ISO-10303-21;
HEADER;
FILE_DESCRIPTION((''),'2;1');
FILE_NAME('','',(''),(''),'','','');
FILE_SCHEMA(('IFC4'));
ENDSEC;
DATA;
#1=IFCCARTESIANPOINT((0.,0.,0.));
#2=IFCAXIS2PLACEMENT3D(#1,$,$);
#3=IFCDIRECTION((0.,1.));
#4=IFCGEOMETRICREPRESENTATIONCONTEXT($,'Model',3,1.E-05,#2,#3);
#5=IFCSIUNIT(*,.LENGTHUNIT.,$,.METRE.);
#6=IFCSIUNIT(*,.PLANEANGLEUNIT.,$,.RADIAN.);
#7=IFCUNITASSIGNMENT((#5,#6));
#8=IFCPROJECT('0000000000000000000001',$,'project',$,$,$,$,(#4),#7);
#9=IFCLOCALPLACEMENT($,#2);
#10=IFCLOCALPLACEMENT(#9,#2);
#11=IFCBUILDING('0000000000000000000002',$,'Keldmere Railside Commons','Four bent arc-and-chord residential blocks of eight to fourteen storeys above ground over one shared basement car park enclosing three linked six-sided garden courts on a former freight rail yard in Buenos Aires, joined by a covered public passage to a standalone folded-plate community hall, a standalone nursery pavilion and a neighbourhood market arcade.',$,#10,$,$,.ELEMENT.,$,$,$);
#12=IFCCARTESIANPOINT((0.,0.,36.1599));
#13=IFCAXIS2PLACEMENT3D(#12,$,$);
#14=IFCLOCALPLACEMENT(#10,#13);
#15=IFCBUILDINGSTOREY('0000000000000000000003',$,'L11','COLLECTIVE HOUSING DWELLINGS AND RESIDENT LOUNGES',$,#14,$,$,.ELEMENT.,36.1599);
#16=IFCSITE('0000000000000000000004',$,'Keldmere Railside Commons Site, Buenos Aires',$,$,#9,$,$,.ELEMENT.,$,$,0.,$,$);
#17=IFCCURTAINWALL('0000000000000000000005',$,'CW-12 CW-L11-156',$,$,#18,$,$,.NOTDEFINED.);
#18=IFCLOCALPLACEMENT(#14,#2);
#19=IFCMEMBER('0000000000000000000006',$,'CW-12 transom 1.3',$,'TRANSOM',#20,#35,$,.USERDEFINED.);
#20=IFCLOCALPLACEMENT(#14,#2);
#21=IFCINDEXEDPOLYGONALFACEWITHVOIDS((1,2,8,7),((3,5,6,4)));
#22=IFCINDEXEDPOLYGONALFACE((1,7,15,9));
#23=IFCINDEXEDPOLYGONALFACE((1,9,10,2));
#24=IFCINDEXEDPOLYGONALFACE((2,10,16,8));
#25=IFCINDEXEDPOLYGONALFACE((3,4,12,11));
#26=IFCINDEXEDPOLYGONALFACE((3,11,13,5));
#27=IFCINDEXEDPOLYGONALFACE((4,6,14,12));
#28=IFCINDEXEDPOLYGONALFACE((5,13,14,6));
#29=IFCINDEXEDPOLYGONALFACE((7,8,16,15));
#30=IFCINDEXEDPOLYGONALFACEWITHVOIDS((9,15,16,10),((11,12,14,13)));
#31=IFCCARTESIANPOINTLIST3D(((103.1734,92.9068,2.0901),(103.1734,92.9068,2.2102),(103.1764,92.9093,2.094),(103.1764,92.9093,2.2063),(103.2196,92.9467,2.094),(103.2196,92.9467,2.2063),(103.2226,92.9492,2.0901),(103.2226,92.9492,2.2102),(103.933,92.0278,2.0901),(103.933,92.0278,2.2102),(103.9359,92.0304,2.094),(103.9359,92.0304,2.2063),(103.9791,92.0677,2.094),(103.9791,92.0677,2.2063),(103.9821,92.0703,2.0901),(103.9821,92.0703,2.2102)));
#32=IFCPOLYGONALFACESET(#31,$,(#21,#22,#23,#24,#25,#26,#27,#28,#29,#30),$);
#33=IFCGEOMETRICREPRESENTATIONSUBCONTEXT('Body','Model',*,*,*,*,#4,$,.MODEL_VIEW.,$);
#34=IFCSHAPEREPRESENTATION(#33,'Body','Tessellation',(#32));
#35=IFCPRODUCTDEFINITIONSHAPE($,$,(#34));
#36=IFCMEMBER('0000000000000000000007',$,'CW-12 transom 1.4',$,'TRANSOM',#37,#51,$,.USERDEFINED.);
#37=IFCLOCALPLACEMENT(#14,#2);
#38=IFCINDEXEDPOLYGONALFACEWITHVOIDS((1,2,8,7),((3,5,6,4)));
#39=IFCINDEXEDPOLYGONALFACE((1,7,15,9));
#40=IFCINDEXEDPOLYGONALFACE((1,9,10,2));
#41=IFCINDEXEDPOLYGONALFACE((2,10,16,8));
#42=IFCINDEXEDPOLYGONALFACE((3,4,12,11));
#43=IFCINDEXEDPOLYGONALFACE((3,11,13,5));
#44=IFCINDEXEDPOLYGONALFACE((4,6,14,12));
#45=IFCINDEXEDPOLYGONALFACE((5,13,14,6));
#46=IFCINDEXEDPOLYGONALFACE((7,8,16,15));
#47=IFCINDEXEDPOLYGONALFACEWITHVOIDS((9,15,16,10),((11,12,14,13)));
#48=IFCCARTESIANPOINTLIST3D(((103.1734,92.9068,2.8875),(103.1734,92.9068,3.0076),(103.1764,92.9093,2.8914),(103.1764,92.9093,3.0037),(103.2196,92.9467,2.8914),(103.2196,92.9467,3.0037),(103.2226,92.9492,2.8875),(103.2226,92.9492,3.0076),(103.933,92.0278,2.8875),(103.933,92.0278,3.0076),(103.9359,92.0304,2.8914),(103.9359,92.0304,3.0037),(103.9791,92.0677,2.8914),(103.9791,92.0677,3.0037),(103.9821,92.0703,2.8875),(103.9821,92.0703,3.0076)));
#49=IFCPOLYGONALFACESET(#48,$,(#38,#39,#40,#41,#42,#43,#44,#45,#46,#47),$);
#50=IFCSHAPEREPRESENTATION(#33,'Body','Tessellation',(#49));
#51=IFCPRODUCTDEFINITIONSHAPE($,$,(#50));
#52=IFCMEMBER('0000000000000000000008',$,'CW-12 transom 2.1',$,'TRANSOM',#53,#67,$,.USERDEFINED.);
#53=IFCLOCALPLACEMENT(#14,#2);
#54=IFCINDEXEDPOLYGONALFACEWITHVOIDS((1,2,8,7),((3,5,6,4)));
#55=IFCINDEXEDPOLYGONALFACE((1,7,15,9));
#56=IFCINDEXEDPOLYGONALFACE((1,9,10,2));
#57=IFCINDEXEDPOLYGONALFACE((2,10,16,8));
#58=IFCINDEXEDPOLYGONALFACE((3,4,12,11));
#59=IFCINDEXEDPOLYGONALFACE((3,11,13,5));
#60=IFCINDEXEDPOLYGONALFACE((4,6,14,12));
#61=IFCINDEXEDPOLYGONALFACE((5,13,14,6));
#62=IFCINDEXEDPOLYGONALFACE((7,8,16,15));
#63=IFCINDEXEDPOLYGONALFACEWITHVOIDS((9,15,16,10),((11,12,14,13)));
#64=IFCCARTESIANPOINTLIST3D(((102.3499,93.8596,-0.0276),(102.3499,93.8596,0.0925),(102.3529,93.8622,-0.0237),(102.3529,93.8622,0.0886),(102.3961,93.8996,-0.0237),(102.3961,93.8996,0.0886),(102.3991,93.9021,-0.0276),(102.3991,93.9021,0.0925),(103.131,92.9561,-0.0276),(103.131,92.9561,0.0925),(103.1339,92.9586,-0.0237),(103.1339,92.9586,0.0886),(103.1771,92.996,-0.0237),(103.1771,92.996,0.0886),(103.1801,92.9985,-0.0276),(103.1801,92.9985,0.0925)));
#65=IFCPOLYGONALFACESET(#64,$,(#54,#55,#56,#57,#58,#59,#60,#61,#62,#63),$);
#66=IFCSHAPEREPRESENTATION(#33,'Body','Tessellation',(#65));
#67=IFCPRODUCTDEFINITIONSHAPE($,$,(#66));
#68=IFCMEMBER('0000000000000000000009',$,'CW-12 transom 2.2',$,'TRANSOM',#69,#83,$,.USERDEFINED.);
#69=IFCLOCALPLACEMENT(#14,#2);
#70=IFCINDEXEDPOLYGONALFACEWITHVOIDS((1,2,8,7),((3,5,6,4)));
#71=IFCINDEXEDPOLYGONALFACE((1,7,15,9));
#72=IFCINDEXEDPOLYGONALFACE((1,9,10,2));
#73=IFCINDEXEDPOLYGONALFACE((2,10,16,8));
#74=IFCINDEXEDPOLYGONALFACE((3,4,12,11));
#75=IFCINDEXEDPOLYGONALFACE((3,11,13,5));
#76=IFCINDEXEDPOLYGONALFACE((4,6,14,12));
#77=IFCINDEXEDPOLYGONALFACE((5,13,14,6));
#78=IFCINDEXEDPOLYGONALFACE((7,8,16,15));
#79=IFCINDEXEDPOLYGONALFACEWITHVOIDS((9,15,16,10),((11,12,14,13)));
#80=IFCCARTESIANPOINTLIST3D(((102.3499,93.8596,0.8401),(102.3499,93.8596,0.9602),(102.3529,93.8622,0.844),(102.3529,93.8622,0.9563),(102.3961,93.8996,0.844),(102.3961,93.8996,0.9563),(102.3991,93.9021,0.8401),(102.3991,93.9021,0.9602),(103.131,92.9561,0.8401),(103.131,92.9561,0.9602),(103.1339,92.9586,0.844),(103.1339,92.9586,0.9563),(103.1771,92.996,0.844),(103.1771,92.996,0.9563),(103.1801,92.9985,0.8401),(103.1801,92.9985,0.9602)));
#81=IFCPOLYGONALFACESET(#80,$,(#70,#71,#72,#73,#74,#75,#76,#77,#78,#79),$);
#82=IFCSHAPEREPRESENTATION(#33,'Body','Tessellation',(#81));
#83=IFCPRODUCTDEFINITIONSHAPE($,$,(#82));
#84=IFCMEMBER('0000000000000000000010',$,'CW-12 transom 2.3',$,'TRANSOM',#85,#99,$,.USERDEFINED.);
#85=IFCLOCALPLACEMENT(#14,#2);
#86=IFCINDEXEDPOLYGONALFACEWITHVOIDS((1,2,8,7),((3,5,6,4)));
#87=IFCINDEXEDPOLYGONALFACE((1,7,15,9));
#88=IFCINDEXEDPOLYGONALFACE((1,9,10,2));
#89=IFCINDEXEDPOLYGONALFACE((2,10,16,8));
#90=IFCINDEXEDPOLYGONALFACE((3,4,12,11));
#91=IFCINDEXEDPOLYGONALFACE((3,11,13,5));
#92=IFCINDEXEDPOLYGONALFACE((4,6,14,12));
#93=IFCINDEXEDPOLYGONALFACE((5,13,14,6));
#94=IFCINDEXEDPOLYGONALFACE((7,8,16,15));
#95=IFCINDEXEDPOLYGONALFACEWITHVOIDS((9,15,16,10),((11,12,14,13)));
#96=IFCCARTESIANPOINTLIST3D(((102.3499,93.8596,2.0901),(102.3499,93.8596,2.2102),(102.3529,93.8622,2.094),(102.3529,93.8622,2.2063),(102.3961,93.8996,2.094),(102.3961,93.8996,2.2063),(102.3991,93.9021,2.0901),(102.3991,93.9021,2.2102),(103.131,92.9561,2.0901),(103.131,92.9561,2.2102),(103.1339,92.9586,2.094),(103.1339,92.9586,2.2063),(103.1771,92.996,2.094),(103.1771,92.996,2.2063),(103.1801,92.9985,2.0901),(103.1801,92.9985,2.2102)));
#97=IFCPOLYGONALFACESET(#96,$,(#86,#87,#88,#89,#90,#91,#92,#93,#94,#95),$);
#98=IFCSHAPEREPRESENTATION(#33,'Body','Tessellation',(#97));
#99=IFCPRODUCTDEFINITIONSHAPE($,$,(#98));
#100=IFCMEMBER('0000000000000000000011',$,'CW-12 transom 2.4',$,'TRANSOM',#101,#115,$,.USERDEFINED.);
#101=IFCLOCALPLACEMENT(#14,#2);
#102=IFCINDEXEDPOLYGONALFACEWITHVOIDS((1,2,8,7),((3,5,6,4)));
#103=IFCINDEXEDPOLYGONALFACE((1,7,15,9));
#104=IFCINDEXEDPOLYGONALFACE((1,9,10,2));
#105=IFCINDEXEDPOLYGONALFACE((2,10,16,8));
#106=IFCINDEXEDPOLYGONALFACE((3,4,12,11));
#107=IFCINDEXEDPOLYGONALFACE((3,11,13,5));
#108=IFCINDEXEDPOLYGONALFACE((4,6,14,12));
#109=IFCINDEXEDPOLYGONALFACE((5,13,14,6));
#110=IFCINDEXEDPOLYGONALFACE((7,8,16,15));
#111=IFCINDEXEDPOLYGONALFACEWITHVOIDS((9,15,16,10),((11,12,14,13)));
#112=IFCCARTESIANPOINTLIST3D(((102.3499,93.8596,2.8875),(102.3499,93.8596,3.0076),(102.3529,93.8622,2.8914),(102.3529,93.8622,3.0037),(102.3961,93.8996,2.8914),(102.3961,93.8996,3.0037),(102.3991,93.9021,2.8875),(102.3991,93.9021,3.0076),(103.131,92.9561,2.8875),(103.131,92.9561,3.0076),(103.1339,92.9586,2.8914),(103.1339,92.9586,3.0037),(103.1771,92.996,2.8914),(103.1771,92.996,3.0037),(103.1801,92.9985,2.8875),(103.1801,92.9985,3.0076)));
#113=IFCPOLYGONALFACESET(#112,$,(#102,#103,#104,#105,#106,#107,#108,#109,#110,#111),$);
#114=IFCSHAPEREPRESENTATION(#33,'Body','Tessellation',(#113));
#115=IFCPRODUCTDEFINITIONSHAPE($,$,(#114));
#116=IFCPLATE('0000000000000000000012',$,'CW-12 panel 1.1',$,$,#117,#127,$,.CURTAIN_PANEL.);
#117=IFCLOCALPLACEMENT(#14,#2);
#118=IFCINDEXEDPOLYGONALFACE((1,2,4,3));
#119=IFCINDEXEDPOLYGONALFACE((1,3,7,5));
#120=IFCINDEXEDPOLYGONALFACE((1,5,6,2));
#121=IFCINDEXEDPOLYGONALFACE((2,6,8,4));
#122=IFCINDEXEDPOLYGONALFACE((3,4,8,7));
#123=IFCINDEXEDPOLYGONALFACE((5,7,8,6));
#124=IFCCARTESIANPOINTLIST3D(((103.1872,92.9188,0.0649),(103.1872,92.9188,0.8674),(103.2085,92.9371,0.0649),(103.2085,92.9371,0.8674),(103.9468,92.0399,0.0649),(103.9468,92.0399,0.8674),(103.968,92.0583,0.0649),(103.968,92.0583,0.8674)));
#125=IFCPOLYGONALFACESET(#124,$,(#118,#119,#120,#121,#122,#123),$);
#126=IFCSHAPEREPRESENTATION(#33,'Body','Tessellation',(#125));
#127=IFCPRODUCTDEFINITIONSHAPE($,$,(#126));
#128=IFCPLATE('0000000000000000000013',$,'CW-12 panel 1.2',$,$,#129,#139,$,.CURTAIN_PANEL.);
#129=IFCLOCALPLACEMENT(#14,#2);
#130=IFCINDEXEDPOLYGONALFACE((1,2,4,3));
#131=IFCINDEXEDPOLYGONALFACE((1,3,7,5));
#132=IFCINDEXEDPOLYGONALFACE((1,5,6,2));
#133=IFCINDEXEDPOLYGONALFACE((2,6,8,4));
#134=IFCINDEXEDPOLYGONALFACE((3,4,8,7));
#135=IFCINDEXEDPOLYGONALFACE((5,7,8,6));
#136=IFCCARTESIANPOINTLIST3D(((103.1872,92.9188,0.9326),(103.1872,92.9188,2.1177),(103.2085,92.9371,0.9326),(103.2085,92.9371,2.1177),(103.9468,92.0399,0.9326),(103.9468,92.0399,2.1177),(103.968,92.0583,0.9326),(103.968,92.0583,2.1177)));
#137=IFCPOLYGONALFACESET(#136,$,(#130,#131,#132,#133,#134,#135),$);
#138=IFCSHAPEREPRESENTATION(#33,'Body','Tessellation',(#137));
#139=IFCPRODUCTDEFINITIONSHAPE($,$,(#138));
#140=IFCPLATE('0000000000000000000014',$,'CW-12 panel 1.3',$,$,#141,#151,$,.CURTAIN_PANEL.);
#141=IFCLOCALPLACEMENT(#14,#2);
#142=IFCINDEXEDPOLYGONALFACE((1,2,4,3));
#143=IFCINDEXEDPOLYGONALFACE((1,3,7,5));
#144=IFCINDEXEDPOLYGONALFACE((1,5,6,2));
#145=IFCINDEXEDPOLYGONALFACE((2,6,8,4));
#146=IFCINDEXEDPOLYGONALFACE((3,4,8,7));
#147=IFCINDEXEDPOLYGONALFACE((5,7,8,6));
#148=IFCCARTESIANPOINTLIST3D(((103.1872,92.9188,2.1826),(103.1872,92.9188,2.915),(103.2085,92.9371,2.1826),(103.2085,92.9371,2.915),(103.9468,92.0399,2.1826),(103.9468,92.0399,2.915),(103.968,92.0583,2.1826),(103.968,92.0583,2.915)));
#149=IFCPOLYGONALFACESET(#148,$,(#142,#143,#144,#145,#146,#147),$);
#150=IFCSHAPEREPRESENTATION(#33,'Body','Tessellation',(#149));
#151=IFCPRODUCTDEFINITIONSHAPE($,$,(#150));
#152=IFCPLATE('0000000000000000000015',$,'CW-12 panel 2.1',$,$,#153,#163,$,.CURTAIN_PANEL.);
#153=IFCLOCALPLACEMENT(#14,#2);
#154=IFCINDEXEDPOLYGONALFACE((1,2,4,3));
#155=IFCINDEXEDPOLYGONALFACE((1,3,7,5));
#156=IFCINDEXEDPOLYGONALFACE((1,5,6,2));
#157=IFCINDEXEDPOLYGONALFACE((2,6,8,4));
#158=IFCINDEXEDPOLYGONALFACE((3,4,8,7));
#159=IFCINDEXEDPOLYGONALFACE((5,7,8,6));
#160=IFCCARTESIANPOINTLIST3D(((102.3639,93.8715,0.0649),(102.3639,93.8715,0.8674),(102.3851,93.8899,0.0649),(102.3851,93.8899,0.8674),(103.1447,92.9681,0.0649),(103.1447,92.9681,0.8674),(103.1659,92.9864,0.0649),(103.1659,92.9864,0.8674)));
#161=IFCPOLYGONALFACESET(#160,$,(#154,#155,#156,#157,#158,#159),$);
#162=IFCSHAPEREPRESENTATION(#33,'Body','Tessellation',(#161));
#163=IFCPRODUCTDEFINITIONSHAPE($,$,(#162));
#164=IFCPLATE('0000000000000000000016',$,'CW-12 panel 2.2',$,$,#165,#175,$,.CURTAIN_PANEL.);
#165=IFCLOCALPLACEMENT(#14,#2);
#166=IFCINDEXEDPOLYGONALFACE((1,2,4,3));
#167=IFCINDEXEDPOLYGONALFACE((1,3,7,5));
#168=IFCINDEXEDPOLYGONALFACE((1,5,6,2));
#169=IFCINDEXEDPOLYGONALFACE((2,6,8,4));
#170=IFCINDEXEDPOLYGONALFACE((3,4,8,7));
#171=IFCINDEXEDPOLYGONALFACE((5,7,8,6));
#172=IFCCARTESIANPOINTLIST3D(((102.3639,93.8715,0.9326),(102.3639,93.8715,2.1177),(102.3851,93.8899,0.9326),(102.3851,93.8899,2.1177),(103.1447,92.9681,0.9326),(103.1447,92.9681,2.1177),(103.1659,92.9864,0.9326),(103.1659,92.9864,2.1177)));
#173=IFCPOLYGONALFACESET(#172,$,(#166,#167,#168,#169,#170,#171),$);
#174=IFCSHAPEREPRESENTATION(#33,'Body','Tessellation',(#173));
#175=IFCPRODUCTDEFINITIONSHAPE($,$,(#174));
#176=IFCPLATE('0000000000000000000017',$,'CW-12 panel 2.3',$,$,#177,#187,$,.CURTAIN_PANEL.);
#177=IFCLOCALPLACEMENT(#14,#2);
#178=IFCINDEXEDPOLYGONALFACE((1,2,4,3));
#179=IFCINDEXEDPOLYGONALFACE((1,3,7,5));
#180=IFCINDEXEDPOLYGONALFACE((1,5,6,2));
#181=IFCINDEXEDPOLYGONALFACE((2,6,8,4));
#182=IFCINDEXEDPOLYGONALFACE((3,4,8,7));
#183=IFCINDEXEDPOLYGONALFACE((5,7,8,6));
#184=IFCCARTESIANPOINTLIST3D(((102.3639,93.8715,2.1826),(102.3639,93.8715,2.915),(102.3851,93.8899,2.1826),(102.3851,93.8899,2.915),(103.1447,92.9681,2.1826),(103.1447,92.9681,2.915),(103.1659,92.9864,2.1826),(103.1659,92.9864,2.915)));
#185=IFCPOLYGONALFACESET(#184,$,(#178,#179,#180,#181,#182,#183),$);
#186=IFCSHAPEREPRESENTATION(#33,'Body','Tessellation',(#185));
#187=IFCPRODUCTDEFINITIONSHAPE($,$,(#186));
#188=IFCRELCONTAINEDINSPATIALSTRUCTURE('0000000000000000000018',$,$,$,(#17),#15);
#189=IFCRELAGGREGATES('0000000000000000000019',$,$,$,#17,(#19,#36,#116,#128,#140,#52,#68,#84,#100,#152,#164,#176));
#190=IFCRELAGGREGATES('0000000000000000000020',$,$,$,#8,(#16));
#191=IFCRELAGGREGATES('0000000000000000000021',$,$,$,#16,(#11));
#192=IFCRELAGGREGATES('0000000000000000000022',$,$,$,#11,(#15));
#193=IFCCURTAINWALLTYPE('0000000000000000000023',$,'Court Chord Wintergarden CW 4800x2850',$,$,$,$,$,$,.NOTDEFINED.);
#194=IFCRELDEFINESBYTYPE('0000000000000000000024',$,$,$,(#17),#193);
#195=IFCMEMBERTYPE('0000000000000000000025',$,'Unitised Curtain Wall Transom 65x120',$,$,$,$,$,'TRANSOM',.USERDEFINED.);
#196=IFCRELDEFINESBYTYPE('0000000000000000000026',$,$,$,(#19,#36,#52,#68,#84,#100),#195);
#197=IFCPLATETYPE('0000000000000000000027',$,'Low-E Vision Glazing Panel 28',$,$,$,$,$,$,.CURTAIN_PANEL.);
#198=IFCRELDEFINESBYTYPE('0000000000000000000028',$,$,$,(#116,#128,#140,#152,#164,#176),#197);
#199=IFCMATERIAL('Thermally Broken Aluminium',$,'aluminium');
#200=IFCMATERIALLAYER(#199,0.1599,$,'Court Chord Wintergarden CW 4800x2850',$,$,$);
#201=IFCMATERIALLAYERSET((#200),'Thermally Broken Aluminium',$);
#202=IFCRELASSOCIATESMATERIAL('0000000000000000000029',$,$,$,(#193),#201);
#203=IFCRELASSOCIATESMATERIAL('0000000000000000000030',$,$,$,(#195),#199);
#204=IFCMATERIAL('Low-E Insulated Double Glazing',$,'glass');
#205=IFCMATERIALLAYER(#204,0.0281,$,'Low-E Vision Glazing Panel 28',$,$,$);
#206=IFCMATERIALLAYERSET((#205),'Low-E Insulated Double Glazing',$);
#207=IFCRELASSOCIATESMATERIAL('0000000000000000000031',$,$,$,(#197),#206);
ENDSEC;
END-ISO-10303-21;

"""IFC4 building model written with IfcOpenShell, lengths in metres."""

from ifc_helpers import new_model, si_unit, direction, frame, origin, origin_2d, place, context, subcontext, project, spatial, rectangle, hollow_rectangle, extrude, material, layer, layer_set, material_profile, profile_set, type_object, element, aggregate, save


model = new_model("IFC4")

# Units and contexts
model_context = context("Model", 3, precision=1e-05, world=origin(), true_north=direction((0.0, 1.0)))
body_context = subcontext(model_context, "Body", "Model", "MODEL_VIEW")
ifc_project = project(units=[si_unit("LENGTHUNIT", "METRE"), si_unit("PLANEANGLEUNIT", "RADIAN")], contexts=[model_context])

# Site, building, storey
site_placement = place(None, origin())
site = spatial("IfcSite", under=ifc_project, at=site_placement, Name="Keldmere Railside Commons Site, Buenos Aires", CompositionType="ELEMENT", RefElevation=0.0)
building_placement = place(site_placement, origin())
building = spatial("IfcBuilding", under=site, at=building_placement, Name="Keldmere Railside Commons", Description="Four bent arc-and-chord residential blocks of eight to fourteen storeys above ground over one shared basement car park enclosing three linked six-sided garden courts on a former freight rail yard in Buenos Aires, joined by a covered public passage to a standalone folded-plate community hall, a standalone nursery pavilion and a neighbourhood market arcade.", CompositionType="ELEMENT")
storey_placement = place(building_placement, frame((0.0, 0.0, 36.1599)))
storey = spatial("IfcBuildingStorey", under=building, at=storey_placement, Name="L11", Description="COLLECTIVE HOUSING DWELLINGS AND RESIDENT LOUNGES", CompositionType="ELEMENT", Elevation=36.1599)

# Curtain wall, members, plates
ifc_material_1 = material(Name="Thermally Broken Aluminium", Category="aluminium")
ifc_layer_1 = layer(ifc_material_1, 0.1599, Name="Court Chord Wintergarden CW 4800x2850")
ifc_layer_set_1 = layer_set([ifc_layer_1], Name="Thermally Broken Aluminium")
curtain_wall_type = type_object("IfcCurtainWallType", Name="Court Chord Wintergarden CW 4800x2850", PredefinedType="NOTDEFINED", material=ifc_layer_set_1)
curtain_wall_placement = place(storey_placement, origin())
curtain_wall = element("IfcCurtainWall", 1, at=curtain_wall_placement, inside=storey, type_object=curtain_wall_type, Name="CW-12 CW-L11-156", PredefinedType="NOTDEFINED")
ifc_material_profile_1 = material_profile(ifc_material_1, hollow_rectangle(XDim=0.0649, YDim=0.1201, WallThickness=0.0039, at=origin_2d()), Name="ALU-TRAN-65x120")
ifc_profile_set_1 = profile_set([ifc_material_profile_1], Name="Thermally Broken Aluminium")
member_type_1 = type_object("IfcMemberType", Name="Unitised Curtain Wall Transom 65x120", ElementType="TRANSOM", PredefinedType="USERDEFINED", material=ifc_profile_set_1)
member_1_placement = place(storey_placement, frame((103.9575, 92.0491, 2.1501), z_axis=(-0.65385, 0.756624, 0.0), x_axis=(-0.756624, -0.65385, 0.0)))
member_1 = element("IfcMember", 2, at=member_1_placement, type_object=member_type_1, Name="CW-12 transom 1.3", ObjectType="TRANSOM", PredefinedType="USERDEFINED", context=body_context, shape_type="SweptSolid", body=[
    extrude(hollow_rectangle(XDim=0.0649, YDim=0.1201, WallThickness=0.0039, at=origin_2d()), origin(), (0.0, 0.0, 1.0), 1.1616),
])
member_2_placement = place(storey_placement, frame((103.9575, 92.0491, 2.9475), z_axis=(-0.65385, 0.756624, 0.0), x_axis=(-0.756624, -0.65385, 0.0)))
member_2 = element("IfcMember", 3, at=member_2_placement, type_object=member_type_1, Name="CW-12 transom 1.4", ObjectType="TRANSOM", PredefinedType="USERDEFINED", context=body_context, shape_type="SweptSolid", body=[
    extrude(hollow_rectangle(XDim=0.0649, YDim=0.1201, WallThickness=0.0039, at=origin_2d()), origin(), (0.0, 0.0, 1.0), 1.1616),
])
member_3_placement = place(storey_placement, frame((103.1555, 92.9773, 0.0325), z_axis=(-0.653934, 0.756552, 0.0), x_axis=(-0.756552, -0.653934, 0.0)))
member_3 = element("IfcMember", 4, at=member_3_placement, type_object=member_type_1, Name="CW-12 transom 2.1", ObjectType="TRANSOM", PredefinedType="USERDEFINED", context=body_context, shape_type="SweptSolid", body=[
    extrude(hollow_rectangle(XDim=0.0649, YDim=0.1201, WallThickness=0.0039, at=origin_2d()), origin(), (0.0, 0.0, 1.0), 1.1943),
])
member_4_placement = place(storey_placement, frame((103.1555, 92.9773, 0.9001), z_axis=(-0.653934, 0.756552, 0.0), x_axis=(-0.756552, -0.653934, 0.0)))
member_4 = element("IfcMember", 5, at=member_4_placement, type_object=member_type_1, Name="CW-12 transom 2.2", ObjectType="TRANSOM", PredefinedType="USERDEFINED", context=body_context, shape_type="SweptSolid", body=[
    extrude(hollow_rectangle(XDim=0.0649, YDim=0.1201, WallThickness=0.0039, at=origin_2d()), origin(), (0.0, 0.0, 1.0), 1.1943),
])
member_5_placement = place(storey_placement, frame((103.1555, 92.9773, 2.1501), z_axis=(-0.653934, 0.756552, 0.0), x_axis=(-0.756552, -0.653934, 0.0)))
member_5 = element("IfcMember", 6, at=member_5_placement, type_object=member_type_1, Name="CW-12 transom 2.3", ObjectType="TRANSOM", PredefinedType="USERDEFINED", context=body_context, shape_type="SweptSolid", body=[
    extrude(hollow_rectangle(XDim=0.0649, YDim=0.1201, WallThickness=0.0039, at=origin_2d()), origin(), (0.0, 0.0, 1.0), 1.1943),
])
member_6_placement = place(storey_placement, frame((103.1555, 92.9773, 2.9475), z_axis=(-0.653934, 0.756552, 0.0), x_axis=(-0.756552, -0.653934, 0.0)))
member_6 = element("IfcMember", 7, at=member_6_placement, type_object=member_type_1, Name="CW-12 transom 2.4", ObjectType="TRANSOM", PredefinedType="USERDEFINED", context=body_context, shape_type="SweptSolid", body=[
    extrude(hollow_rectangle(XDim=0.0649, YDim=0.1201, WallThickness=0.0039, at=origin_2d()), origin(), (0.0, 0.0, 1.0), 1.1943),
])
ifc_material_2 = material(Name="Low-E Insulated Double Glazing", Category="glass")
ifc_layer_2 = layer(ifc_material_2, 0.0281, Name="Low-E Vision Glazing Panel 28")
ifc_layer_set_2 = layer_set([ifc_layer_2], Name="Low-E Insulated Double Glazing")
plate_type = type_object("IfcPlateType", Name="Low-E Vision Glazing Panel 28", PredefinedType="CURTAIN_PANEL", material=ifc_layer_set_2)
plate_1_placement = place(storey_placement, frame((103.5776, 92.4885, 0.0649), z_axis=(0.0, 0.0, 1.0), x_axis=(-0.653882, 0.756597, 0.0)))
plate_1 = element("IfcPlate", 8, at=plate_1_placement, type_object=plate_type, Name="CW-12 panel 1.1", PredefinedType="CURTAIN_PANEL", context=body_context, shape_type="SweptSolid", body=[
    extrude(rectangle(XDim=1.1616, YDim=0.0281, at=origin_2d()), origin(), (0.0, 0.0, 1.0), 0.8025),
])
plate_2_placement = place(storey_placement, frame((103.5776, 92.4885, 0.9326), z_axis=(0.0, 0.0, 1.0), x_axis=(-0.653882, 0.756597, 0.0)))
plate_2 = element("IfcPlate", 9, at=plate_2_placement, type_object=plate_type, Name="CW-12 panel 1.2", PredefinedType="CURTAIN_PANEL", context=body_context, shape_type="SweptSolid", body=[
    extrude(rectangle(XDim=1.1616, YDim=0.0281, at=origin_2d()), origin(), (0.0, 0.0, 1.0), 1.1851),
])
plate_3_placement = place(storey_placement, frame((103.5776, 92.4885, 2.1826), z_axis=(0.0, 0.0, 1.0), x_axis=(-0.653882, 0.756597, 0.0)))
plate_3 = element("IfcPlate", 10, at=plate_3_placement, type_object=plate_type, Name="CW-12 panel 1.3", PredefinedType="CURTAIN_PANEL", context=body_context, shape_type="SweptSolid", body=[
    extrude(rectangle(XDim=1.1616, YDim=0.0281, at=origin_2d()), origin(), (0.0, 0.0, 1.0), 0.7324),
])
plate_4_placement = place(storey_placement, frame((102.7649, 93.429, 0.0649), z_axis=(0.0, 0.0, 1.0), x_axis=(-0.653882, 0.756597, 0.0)))
plate_4 = element("IfcPlate", 11, at=plate_4_placement, type_object=plate_type, Name="CW-12 panel 2.1", PredefinedType="CURTAIN_PANEL", context=body_context, shape_type="SweptSolid", body=[
    extrude(rectangle(XDim=1.1941, YDim=0.0281, at=origin_2d()), origin(), (0.0, 0.0, 1.0), 0.8025),
])
plate_5_placement = place(storey_placement, frame((102.7649, 93.429, 0.9326), z_axis=(0.0, 0.0, 1.0), x_axis=(-0.653882, 0.756597, 0.0)))
plate_5 = element("IfcPlate", 12, at=plate_5_placement, type_object=plate_type, Name="CW-12 panel 2.2", PredefinedType="CURTAIN_PANEL", context=body_context, shape_type="SweptSolid", body=[
    extrude(rectangle(XDim=1.1941, YDim=0.0281, at=origin_2d()), origin(), (0.0, 0.0, 1.0), 1.1851),
])
plate_6_placement = place(storey_placement, frame((102.7649, 93.429, 2.1826), z_axis=(0.0, 0.0, 1.0), x_axis=(-0.653882, 0.756597, 0.0)))
plate_6 = element("IfcPlate", 13, at=plate_6_placement, type_object=plate_type, Name="CW-12 panel 2.3", PredefinedType="CURTAIN_PANEL", context=body_context, shape_type="SweptSolid", body=[
    extrude(rectangle(XDim=1.1941, YDim=0.0281, at=origin_2d()), origin(), (0.0, 0.0, 1.0), 0.7324),
])
aggregate(curtain_wall, [member_1, member_2, plate_1, plate_2, plate_3, member_3, member_4, member_5, member_6, plate_4, plate_5, plate_6])

save(model, "model.ifc")
